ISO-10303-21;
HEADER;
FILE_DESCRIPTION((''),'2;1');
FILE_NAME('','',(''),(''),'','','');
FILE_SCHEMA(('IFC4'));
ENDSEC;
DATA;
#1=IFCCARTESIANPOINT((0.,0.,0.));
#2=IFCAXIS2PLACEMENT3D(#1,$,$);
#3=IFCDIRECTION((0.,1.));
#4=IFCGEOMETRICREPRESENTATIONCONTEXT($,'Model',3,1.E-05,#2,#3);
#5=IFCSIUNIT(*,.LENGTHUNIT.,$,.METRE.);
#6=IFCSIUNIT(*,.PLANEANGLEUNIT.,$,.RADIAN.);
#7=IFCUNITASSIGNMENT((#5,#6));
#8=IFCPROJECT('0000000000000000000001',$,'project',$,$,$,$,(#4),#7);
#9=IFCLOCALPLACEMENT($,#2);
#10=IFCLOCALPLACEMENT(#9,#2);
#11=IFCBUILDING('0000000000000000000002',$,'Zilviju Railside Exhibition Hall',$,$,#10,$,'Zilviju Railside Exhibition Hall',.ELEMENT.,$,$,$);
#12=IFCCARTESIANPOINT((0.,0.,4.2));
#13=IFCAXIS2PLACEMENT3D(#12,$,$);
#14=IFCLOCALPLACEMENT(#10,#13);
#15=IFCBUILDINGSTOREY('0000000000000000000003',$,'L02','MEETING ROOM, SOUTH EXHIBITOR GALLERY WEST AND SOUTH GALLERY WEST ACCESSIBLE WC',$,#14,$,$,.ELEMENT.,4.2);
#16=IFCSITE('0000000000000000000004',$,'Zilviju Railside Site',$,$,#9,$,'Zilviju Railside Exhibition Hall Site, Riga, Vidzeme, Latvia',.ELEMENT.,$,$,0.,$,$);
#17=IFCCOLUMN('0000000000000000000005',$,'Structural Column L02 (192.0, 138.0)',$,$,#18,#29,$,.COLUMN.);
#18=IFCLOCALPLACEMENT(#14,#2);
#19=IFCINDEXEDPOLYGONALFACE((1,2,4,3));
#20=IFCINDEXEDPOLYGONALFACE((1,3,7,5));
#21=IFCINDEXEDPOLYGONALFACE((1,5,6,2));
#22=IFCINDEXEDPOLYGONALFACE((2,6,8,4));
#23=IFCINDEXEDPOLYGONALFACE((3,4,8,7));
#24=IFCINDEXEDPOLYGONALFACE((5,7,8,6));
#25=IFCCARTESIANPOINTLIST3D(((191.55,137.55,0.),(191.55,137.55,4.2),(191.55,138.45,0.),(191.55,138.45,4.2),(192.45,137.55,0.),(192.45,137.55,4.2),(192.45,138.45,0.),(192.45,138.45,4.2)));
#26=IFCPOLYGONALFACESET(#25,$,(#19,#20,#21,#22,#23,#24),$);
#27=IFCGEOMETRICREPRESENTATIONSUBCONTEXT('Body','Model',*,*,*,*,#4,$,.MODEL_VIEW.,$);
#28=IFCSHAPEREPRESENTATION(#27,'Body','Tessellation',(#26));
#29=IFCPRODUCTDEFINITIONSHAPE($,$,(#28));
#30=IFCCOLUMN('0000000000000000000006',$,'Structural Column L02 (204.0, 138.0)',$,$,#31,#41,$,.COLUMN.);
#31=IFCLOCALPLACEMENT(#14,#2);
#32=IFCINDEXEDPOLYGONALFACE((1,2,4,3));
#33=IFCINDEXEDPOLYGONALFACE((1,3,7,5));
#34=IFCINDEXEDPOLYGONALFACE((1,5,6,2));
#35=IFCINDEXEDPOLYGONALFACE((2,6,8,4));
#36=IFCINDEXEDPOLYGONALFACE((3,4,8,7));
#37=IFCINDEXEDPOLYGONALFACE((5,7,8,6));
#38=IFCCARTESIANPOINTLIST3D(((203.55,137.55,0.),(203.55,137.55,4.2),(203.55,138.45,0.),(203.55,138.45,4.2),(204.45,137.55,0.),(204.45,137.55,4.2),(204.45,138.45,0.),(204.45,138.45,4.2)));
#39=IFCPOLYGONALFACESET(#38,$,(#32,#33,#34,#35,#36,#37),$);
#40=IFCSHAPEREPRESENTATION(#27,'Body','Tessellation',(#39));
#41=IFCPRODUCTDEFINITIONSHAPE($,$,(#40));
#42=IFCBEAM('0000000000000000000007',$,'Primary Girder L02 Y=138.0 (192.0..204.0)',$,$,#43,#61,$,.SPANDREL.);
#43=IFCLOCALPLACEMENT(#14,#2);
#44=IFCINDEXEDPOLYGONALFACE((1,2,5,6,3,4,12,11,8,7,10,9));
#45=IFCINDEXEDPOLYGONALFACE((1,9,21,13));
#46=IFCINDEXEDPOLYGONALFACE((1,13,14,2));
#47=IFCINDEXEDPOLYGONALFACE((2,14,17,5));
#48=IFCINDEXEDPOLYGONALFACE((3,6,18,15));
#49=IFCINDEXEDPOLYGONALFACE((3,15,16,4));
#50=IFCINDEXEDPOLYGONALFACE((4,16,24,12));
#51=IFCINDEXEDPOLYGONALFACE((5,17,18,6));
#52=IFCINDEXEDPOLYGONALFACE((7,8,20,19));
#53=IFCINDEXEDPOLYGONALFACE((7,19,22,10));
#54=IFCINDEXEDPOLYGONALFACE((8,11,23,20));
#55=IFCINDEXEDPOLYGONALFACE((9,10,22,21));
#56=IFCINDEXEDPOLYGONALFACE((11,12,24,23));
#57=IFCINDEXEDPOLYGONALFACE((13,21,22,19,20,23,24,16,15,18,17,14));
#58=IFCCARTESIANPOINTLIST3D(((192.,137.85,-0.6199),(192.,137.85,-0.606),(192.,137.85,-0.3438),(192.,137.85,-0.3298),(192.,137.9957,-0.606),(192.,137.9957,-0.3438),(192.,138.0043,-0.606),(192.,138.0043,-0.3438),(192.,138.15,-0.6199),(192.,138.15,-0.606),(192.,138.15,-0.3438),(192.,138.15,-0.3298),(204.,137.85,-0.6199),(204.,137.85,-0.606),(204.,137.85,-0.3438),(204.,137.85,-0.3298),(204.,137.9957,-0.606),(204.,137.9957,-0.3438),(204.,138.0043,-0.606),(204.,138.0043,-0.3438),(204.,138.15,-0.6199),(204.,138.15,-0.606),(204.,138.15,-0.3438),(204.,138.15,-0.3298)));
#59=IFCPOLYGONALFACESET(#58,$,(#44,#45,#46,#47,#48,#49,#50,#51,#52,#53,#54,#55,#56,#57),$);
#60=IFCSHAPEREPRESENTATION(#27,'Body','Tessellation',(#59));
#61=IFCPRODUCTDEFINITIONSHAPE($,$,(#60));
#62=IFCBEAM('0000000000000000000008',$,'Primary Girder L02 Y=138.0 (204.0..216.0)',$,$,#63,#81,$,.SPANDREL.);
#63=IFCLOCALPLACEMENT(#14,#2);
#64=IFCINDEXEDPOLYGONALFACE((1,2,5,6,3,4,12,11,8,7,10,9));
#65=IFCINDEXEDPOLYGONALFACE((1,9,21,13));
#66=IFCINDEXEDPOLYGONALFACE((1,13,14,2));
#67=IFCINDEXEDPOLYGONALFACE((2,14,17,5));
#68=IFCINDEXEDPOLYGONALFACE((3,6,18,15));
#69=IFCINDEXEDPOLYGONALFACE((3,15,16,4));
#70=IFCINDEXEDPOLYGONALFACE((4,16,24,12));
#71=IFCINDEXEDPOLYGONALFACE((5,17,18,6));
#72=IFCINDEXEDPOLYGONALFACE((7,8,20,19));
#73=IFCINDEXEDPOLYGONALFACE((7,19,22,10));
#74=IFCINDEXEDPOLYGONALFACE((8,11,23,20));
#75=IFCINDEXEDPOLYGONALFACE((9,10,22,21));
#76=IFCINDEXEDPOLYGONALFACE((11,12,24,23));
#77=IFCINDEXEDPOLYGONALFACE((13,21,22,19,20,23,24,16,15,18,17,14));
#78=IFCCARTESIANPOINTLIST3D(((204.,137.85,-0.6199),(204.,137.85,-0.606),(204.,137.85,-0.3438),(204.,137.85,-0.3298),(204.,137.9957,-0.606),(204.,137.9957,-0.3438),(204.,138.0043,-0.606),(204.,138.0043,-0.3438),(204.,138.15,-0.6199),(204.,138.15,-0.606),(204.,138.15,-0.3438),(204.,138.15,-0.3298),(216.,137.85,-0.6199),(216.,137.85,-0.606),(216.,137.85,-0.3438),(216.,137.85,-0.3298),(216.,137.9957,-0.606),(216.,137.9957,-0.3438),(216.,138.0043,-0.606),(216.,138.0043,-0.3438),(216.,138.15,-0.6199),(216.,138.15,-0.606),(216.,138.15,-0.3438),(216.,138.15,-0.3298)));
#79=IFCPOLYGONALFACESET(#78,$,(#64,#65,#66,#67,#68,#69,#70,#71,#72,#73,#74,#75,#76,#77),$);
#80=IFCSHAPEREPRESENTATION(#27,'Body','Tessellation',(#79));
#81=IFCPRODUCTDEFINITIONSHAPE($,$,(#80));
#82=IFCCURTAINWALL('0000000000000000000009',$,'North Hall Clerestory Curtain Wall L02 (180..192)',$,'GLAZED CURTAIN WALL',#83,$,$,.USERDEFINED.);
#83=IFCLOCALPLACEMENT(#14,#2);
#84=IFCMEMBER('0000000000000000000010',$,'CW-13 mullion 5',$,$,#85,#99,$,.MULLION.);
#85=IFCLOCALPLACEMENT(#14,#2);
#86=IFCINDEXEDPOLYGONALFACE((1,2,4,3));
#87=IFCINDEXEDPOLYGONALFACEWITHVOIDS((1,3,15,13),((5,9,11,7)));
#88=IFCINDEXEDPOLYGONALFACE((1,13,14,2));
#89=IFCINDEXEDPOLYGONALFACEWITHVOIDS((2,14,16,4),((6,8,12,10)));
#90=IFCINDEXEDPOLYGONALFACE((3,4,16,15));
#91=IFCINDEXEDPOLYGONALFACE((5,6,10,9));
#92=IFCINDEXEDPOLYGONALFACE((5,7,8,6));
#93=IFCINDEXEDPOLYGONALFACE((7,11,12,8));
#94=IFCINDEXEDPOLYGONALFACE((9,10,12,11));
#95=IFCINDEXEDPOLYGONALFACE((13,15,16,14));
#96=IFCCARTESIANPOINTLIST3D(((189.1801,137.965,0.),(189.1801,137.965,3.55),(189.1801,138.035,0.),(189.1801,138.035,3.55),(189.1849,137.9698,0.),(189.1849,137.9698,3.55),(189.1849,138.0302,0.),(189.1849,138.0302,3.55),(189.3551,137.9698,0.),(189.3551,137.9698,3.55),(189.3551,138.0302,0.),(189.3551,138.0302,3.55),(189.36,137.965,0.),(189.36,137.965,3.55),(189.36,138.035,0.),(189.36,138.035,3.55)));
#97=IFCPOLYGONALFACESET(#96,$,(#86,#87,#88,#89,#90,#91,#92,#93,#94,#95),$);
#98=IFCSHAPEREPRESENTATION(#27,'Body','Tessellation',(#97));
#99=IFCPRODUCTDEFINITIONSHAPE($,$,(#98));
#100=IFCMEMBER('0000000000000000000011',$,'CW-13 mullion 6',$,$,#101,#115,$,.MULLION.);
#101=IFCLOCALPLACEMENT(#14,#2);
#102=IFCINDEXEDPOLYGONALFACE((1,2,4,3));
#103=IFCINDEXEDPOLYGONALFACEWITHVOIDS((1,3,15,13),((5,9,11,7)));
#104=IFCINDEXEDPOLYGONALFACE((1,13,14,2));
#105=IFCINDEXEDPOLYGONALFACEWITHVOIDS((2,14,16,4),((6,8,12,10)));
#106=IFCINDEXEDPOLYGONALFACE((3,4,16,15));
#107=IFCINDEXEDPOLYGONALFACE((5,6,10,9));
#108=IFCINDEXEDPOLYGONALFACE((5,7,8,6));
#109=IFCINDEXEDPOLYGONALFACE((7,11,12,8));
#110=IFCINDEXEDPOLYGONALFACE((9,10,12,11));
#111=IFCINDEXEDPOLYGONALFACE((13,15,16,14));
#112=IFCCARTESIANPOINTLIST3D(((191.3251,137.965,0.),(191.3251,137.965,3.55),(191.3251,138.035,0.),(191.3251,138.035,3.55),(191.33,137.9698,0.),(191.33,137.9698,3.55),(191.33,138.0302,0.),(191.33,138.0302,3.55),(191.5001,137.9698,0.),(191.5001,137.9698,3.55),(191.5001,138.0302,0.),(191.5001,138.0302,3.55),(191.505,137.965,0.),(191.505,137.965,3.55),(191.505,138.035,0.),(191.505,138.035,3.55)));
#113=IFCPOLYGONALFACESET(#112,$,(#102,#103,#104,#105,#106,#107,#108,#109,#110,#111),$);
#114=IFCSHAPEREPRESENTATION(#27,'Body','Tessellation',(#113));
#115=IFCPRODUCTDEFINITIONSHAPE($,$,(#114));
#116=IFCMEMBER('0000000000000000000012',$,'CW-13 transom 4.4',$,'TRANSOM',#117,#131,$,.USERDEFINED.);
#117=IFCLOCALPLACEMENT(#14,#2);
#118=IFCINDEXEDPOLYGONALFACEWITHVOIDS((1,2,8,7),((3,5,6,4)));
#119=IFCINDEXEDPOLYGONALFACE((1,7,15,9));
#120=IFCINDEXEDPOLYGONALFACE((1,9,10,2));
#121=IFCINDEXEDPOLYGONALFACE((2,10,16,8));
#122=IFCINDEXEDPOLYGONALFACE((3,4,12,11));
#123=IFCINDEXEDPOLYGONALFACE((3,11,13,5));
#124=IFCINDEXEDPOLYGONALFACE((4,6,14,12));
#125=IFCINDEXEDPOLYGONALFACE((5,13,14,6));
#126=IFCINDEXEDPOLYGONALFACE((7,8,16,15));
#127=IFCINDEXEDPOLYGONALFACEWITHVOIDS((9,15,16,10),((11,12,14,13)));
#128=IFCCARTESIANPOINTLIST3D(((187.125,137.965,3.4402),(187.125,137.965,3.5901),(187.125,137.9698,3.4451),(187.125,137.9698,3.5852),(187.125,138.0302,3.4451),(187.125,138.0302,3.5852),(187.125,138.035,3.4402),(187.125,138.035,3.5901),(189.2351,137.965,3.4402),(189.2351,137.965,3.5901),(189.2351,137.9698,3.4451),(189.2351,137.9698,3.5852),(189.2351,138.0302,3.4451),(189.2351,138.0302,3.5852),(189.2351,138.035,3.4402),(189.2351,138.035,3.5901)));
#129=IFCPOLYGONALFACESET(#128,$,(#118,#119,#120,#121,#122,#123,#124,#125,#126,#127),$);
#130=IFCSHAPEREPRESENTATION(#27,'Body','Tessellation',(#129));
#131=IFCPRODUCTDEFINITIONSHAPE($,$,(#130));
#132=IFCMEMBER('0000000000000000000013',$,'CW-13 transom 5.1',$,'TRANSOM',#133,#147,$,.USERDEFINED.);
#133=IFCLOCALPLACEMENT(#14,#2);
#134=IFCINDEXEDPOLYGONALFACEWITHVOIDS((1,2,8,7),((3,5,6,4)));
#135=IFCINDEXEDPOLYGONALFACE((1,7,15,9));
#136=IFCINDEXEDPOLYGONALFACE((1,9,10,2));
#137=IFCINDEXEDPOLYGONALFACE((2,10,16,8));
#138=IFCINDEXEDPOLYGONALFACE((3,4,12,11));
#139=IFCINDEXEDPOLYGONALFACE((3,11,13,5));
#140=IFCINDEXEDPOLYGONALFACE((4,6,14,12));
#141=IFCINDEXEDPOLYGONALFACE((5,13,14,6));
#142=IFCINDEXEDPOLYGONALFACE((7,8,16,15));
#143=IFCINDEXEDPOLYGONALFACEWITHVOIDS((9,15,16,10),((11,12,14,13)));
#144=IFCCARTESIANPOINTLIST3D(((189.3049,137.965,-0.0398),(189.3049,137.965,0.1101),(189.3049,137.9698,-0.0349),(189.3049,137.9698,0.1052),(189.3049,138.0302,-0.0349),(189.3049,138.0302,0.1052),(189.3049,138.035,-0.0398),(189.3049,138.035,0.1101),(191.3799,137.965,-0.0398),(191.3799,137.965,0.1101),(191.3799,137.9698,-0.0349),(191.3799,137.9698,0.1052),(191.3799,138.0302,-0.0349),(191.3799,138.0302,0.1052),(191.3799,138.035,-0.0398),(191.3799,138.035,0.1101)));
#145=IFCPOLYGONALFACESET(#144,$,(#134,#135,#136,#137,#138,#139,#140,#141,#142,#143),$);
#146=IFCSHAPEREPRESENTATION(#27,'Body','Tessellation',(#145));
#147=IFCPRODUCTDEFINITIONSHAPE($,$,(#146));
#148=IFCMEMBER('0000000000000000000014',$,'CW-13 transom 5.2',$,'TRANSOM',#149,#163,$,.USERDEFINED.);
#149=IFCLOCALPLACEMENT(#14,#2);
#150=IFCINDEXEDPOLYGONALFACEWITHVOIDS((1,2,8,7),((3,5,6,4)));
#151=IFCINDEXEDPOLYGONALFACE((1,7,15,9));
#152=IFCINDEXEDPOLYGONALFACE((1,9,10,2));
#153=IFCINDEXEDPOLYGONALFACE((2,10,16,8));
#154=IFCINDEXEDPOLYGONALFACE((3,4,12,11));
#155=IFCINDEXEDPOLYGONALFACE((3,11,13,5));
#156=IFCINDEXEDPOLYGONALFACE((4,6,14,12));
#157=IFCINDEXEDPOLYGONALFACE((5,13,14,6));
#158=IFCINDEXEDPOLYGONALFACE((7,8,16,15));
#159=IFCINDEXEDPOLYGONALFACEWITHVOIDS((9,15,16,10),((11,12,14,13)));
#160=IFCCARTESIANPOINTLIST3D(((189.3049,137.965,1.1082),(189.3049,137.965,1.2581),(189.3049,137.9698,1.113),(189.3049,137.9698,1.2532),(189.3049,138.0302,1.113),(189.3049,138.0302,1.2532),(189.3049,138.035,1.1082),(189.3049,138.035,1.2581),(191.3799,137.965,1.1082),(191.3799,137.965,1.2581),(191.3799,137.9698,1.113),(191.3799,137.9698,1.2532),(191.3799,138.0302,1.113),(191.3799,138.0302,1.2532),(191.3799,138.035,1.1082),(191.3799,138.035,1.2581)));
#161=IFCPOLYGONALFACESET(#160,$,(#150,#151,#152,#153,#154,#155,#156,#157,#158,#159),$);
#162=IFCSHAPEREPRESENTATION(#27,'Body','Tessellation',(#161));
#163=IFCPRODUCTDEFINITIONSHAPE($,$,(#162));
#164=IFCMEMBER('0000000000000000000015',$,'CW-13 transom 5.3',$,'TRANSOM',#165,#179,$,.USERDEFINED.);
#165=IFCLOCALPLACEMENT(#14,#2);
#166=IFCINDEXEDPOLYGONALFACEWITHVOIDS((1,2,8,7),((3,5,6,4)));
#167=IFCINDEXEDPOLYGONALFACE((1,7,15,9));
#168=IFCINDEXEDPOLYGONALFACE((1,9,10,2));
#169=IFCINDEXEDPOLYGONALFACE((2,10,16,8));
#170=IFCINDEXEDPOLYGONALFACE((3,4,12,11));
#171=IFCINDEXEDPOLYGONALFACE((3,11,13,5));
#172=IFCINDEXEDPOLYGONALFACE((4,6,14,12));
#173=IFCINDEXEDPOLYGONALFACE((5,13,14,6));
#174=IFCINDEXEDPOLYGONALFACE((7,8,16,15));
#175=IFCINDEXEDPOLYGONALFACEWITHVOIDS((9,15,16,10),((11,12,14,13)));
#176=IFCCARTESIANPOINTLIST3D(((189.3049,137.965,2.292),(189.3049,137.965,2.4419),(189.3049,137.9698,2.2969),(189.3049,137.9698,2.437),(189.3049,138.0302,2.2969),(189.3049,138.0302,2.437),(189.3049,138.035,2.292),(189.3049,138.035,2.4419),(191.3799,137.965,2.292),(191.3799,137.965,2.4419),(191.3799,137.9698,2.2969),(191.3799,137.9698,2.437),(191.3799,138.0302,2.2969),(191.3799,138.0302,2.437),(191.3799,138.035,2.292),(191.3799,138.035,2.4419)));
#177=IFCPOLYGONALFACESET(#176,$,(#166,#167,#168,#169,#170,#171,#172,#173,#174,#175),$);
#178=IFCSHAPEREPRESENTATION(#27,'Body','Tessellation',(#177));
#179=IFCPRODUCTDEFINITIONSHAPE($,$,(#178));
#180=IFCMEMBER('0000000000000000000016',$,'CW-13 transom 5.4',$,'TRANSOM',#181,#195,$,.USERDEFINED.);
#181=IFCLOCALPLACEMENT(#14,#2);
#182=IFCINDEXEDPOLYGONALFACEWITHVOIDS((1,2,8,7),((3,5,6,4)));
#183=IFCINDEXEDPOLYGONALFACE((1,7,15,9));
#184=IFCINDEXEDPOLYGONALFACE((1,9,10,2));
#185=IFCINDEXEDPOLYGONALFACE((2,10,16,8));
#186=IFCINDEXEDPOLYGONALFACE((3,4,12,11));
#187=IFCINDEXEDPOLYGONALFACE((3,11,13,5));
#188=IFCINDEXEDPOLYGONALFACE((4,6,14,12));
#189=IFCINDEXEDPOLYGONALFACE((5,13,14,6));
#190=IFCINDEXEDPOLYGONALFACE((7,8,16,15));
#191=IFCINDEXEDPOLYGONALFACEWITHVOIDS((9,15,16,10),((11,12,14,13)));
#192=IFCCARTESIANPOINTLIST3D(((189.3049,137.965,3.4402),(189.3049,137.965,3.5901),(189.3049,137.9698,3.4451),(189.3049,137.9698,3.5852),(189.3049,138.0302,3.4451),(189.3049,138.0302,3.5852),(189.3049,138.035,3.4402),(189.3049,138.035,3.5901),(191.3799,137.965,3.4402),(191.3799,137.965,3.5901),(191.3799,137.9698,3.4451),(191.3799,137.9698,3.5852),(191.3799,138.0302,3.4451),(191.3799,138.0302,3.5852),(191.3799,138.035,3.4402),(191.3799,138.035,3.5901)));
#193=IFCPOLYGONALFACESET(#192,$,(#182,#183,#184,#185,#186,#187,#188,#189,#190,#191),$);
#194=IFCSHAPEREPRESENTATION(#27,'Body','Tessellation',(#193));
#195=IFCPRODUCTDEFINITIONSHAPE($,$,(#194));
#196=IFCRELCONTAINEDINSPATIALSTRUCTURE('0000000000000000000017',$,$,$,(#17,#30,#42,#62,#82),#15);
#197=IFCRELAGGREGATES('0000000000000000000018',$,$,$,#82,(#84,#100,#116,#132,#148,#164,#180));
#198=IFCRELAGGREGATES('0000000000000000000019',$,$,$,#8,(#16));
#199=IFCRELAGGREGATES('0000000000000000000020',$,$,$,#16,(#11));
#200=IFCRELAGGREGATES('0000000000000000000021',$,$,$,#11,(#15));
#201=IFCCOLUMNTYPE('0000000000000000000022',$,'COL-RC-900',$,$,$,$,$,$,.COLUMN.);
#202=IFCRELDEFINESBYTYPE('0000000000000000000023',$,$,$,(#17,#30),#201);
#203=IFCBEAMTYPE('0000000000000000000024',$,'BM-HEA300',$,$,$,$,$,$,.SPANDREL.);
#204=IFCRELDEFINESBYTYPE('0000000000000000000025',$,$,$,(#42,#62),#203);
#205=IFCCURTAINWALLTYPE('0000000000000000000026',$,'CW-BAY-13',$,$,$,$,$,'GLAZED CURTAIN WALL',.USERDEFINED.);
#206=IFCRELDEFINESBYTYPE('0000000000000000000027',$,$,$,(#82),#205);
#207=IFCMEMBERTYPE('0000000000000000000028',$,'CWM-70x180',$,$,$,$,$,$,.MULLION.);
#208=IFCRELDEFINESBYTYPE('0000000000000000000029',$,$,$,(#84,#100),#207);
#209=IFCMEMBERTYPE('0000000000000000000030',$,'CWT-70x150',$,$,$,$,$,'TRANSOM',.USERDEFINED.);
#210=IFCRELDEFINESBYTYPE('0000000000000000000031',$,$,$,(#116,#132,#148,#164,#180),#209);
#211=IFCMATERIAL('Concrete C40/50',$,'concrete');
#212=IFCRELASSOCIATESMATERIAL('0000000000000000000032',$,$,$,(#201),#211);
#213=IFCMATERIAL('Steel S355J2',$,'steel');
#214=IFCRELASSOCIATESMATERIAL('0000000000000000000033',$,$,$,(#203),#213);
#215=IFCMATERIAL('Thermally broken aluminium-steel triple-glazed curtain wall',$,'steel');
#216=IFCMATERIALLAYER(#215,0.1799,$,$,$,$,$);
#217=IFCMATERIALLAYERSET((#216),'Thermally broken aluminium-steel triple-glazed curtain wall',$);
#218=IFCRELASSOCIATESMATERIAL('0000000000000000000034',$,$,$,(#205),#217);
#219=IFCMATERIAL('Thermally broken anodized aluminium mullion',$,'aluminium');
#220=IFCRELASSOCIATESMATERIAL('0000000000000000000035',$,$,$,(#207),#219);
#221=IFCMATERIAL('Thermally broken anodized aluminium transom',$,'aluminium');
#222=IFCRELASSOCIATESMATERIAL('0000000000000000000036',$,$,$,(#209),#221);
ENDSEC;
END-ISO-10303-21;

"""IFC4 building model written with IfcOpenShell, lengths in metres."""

from ifc_helpers import new_model, si_unit, direction, frame, origin, origin_2d, place, context, subcontext, project, spatial, rectangle, hollow_rectangle, i_section, extrude, material, layer, layer_set, material_profile, profile_set, type_object, element, aggregate, save


model = new_model("IFC4")

# Units and contexts
model_context = context("Model", 3, precision=1e-05, world=origin(), true_north=direction((0.0, 1.0)))
body_context = subcontext(model_context, "Body", "Model", "MODEL_VIEW")
ifc_project = project(units=[si_unit("LENGTHUNIT", "METRE"), si_unit("PLANEANGLEUNIT", "RADIAN")], contexts=[model_context])

# Site, building, storey
site_placement = place(None, origin())
site = spatial("IfcSite", under=ifc_project, at=site_placement, Name="Zilviju Railside Site", LongName="Zilviju Railside Exhibition Hall Site, Riga, Vidzeme, Latvia", CompositionType="ELEMENT", RefElevation=0.0)
building_placement = place(site_placement, origin())
building = spatial("IfcBuilding", under=site, at=building_placement, Name="Zilviju Railside Exhibition Hall", LongName="Zilviju Railside Exhibition Hall", CompositionType="ELEMENT")
storey_placement = place(building_placement, frame((0.0, 0.0, 4.2)))
storey = spatial("IfcBuildingStorey", under=building, at=storey_placement, Name="L02", Description="MEETING ROOM, SOUTH EXHIBITOR GALLERY WEST AND SOUTH GALLERY WEST ACCESSIBLE WC", CompositionType="ELEMENT", Elevation=4.2)

# Columns
ifc_material_1 = material(Name="Concrete C40/50", Category="concrete")
ifc_material_profile_1 = material_profile(ifc_material_1, rectangle(XDim=0.8999, YDim=0.8999, at=origin_2d()), Name="RC COL 900x900")
ifc_profile_set_1 = profile_set([ifc_material_profile_1], Name="Concrete C40/50")
column_type = type_object("IfcColumnType", Name="COL-RC-900", PredefinedType="COLUMN", material=ifc_profile_set_1)
for number, where, z_axis, x_axis, name in (
    (1, (192.0, 138.0, 0.0), (0.0, 0.0, 1.0), (1.0, 0.0, 0.0), "Structural Column L02 (192.0, 138.0)"),
    (2, (204.0, 138.0, 0.0), (0.0, 0.0, 1.0), (1.0, 0.0, 0.0), "Structural Column L02 (204.0, 138.0)"),
):
    element("IfcColumn", number, at=place(storey_placement, frame(where, z_axis=z_axis, x_axis=x_axis)), inside=storey, type_object=column_type, Name=name, PredefinedType="COLUMN", context=body_context, shape_type="SweptSolid", body=[
        extrude(rectangle(XDim=0.8999, YDim=0.8999, at=origin_2d()), origin(), (0.0, 0.0, 1.0), 4.2),
    ])

# Beams
ifc_material_2 = material(Name="Steel S355J2", Category="steel")
ifc_material_profile_2 = material_profile(ifc_material_2, i_section(OverallWidth=0.3, OverallDepth=0.29, WebThickness=0.0085, FlangeThickness=0.0139, at=origin_2d()), Name="HEA 300")
ifc_profile_set_2 = profile_set([ifc_material_profile_2], Name="Steel S355J2")
beam_type = type_object("IfcBeamType", Name="BM-HEA300", PredefinedType="SPANDREL", material=ifc_profile_set_2)
for number, where, z_axis, x_axis, name in (
    (3, (192.0, 138.0, -0.4749), (1.0, 0.0, 0.0), (0.0, 1.0, 0.0), "Primary Girder L02 Y=138.0 (192.0..204.0)"),
    (4, (204.0, 138.0, -0.4749), (1.0, 0.0, 0.0), (0.0, 1.0, 0.0), "Primary Girder L02 Y=138.0 (204.0..216.0)"),
):
    element("IfcBeam", number, at=place(storey_placement, frame(where, z_axis=z_axis, x_axis=x_axis)), inside=storey, type_object=beam_type, Name=name, PredefinedType="SPANDREL", context=body_context, shape_type="SweptSolid", body=[
        extrude(i_section(OverallWidth=0.3, OverallDepth=0.29, WebThickness=0.0085, FlangeThickness=0.0139, at=origin_2d()), origin(), (0.0, 0.0, 1.0), 12.0),
    ])

# Curtain wall, members
ifc_material_3 = material(Name="Thermally broken aluminium-steel triple-glazed curtain wall", Category="steel")
ifc_layer_1 = layer(ifc_material_3, 0.1799)
ifc_layer_set_1 = layer_set([ifc_layer_1], Name="Thermally broken aluminium-steel triple-glazed curtain wall")
curtain_wall_type = type_object("IfcCurtainWallType", Name="CW-BAY-13", ElementType="GLAZED CURTAIN WALL", PredefinedType="USERDEFINED", material=ifc_layer_set_1)
curtain_wall_placement = place(storey_placement, origin())
curtain_wall = element("IfcCurtainWall", 5, at=curtain_wall_placement, inside=storey, type_object=curtain_wall_type, Name="North Hall Clerestory Curtain Wall L02 (180..192)", ObjectType="GLAZED CURTAIN WALL", PredefinedType="USERDEFINED")
ifc_material_4 = material(Name="Thermally broken anodized aluminium mullion", Category="aluminium")
ifc_material_profile_3 = material_profile(ifc_material_4, hollow_rectangle(XDim=0.0701, YDim=0.1799, WallThickness=0.0049, at=origin_2d()), Name="MULLION 180x70x5")
ifc_profile_set_3 = profile_set([ifc_material_profile_3], Name="Thermally broken anodized aluminium mullion")
member_type_1 = type_object("IfcMemberType", Name="CWM-70x180", PredefinedType="MULLION", material=ifc_profile_set_3)
member_1_placement = place(storey_placement, frame((189.27, 138.0, 0.0), z_axis=(0.0, 0.0, 1.0), x_axis=(0.0, 1.0, 0.0)))
member_1 = element("IfcMember", 6, at=member_1_placement, type_object=member_type_1, Name="CW-13 mullion 5", PredefinedType="MULLION", context=body_context, shape_type="SweptSolid", body=[
    extrude(hollow_rectangle(XDim=0.0701, YDim=0.1799, WallThickness=0.0049, at=origin_2d()), origin(), (0.0, 0.0, 1.0), 3.55),
])
member_2_placement = place(storey_placement, frame((191.415, 138.0, 0.0), z_axis=(0.0, 0.0, 1.0), x_axis=(0.0, 1.0, 0.0)))
member_2 = element("IfcMember", 7, at=member_2_placement, type_object=member_type_1, Name="CW-13 mullion 6", PredefinedType="MULLION", context=body_context, shape_type="SweptSolid", body=[
    extrude(hollow_rectangle(XDim=0.0701, YDim=0.1799, WallThickness=0.0049, at=origin_2d()), origin(), (0.0, 0.0, 1.0), 3.55),
])
ifc_material_5 = material(Name="Thermally broken anodized aluminium transom", Category="aluminium")
ifc_material_profile_4 = material_profile(ifc_material_5, hollow_rectangle(XDim=0.0701, YDim=0.1499, WallThickness=0.0049, at=origin_2d()), Name="TRANSOM 150x70x5")
ifc_profile_set_4 = profile_set([ifc_material_profile_4], Name="Thermally broken anodized aluminium transom")
member_type_2 = type_object("IfcMemberType", Name="CWT-70x150", ElementType="TRANSOM", PredefinedType="USERDEFINED", material=ifc_profile_set_4)
member_3_placement = place(storey_placement, frame((187.125, 138.0, 3.5151), z_axis=(1.0, 0.0, 0.0), x_axis=(0.0, 1.0, 0.0)))
member_3 = element("IfcMember", 8, at=member_3_placement, type_object=member_type_2, Name="CW-13 transom 4.4", ObjectType="TRANSOM", PredefinedType="USERDEFINED", context=body_context, shape_type="SweptSolid", body=[
    extrude(hollow_rectangle(XDim=0.0701, YDim=0.1499, WallThickness=0.0049, at=origin_2d()), origin(), (0.0, 0.0, 1.0), 2.1101),
])
member_4_placement = place(storey_placement, frame((189.3049, 138.0, 0.0352), z_axis=(1.0, 0.0, 0.0), x_axis=(0.0, 1.0, 0.0)))
member_4 = element("IfcMember", 9, at=member_4_placement, type_object=member_type_2, Name="CW-13 transom 5.1", ObjectType="TRANSOM", PredefinedType="USERDEFINED", context=body_context, shape_type="SweptSolid", body=[
    extrude(hollow_rectangle(XDim=0.0701, YDim=0.1499, WallThickness=0.0049, at=origin_2d()), origin(), (0.0, 0.0, 1.0), 2.075),
])
member_5_placement = place(storey_placement, frame((189.3049, 138.0, 1.1831), z_axis=(1.0, 0.0, 0.0), x_axis=(0.0, 1.0, 0.0)))
member_5 = element("IfcMember", 10, at=member_5_placement, type_object=member_type_2, Name="CW-13 transom 5.2", ObjectType="TRANSOM", PredefinedType="USERDEFINED", context=body_context, shape_type="SweptSolid", body=[
    extrude(hollow_rectangle(XDim=0.0701, YDim=0.1499, WallThickness=0.0049, at=origin_2d()), origin(), (0.0, 0.0, 1.0), 2.075),
])
member_6_placement = place(storey_placement, frame((189.3049, 138.0, 2.3669), z_axis=(1.0, 0.0, 0.0), x_axis=(0.0, 1.0, 0.0)))
member_6 = element("IfcMember", 11, at=member_6_placement, type_object=member_type_2, Name="CW-13 transom 5.3", ObjectType="TRANSOM", PredefinedType="USERDEFINED", context=body_context, shape_type="SweptSolid", body=[
    extrude(hollow_rectangle(XDim=0.0701, YDim=0.1499, WallThickness=0.0049, at=origin_2d()), origin(), (0.0, 0.0, 1.0), 2.075),
])
member_7_placement = place(storey_placement, frame((189.3049, 138.0, 3.5151), z_axis=(1.0, 0.0, 0.0), x_axis=(0.0, 1.0, 0.0)))
member_7 = element("IfcMember", 12, at=member_7_placement, type_object=member_type_2, Name="CW-13 transom 5.4", ObjectType="TRANSOM", PredefinedType="USERDEFINED", context=body_context, shape_type="SweptSolid", body=[
    extrude(hollow_rectangle(XDim=0.0701, YDim=0.1499, WallThickness=0.0049, at=origin_2d()), origin(), (0.0, 0.0, 1.0), 2.075),
])
aggregate(curtain_wall, [member_1, member_2, member_3, member_4, member_5, member_6, member_7])

save(model, "model.ifc")
